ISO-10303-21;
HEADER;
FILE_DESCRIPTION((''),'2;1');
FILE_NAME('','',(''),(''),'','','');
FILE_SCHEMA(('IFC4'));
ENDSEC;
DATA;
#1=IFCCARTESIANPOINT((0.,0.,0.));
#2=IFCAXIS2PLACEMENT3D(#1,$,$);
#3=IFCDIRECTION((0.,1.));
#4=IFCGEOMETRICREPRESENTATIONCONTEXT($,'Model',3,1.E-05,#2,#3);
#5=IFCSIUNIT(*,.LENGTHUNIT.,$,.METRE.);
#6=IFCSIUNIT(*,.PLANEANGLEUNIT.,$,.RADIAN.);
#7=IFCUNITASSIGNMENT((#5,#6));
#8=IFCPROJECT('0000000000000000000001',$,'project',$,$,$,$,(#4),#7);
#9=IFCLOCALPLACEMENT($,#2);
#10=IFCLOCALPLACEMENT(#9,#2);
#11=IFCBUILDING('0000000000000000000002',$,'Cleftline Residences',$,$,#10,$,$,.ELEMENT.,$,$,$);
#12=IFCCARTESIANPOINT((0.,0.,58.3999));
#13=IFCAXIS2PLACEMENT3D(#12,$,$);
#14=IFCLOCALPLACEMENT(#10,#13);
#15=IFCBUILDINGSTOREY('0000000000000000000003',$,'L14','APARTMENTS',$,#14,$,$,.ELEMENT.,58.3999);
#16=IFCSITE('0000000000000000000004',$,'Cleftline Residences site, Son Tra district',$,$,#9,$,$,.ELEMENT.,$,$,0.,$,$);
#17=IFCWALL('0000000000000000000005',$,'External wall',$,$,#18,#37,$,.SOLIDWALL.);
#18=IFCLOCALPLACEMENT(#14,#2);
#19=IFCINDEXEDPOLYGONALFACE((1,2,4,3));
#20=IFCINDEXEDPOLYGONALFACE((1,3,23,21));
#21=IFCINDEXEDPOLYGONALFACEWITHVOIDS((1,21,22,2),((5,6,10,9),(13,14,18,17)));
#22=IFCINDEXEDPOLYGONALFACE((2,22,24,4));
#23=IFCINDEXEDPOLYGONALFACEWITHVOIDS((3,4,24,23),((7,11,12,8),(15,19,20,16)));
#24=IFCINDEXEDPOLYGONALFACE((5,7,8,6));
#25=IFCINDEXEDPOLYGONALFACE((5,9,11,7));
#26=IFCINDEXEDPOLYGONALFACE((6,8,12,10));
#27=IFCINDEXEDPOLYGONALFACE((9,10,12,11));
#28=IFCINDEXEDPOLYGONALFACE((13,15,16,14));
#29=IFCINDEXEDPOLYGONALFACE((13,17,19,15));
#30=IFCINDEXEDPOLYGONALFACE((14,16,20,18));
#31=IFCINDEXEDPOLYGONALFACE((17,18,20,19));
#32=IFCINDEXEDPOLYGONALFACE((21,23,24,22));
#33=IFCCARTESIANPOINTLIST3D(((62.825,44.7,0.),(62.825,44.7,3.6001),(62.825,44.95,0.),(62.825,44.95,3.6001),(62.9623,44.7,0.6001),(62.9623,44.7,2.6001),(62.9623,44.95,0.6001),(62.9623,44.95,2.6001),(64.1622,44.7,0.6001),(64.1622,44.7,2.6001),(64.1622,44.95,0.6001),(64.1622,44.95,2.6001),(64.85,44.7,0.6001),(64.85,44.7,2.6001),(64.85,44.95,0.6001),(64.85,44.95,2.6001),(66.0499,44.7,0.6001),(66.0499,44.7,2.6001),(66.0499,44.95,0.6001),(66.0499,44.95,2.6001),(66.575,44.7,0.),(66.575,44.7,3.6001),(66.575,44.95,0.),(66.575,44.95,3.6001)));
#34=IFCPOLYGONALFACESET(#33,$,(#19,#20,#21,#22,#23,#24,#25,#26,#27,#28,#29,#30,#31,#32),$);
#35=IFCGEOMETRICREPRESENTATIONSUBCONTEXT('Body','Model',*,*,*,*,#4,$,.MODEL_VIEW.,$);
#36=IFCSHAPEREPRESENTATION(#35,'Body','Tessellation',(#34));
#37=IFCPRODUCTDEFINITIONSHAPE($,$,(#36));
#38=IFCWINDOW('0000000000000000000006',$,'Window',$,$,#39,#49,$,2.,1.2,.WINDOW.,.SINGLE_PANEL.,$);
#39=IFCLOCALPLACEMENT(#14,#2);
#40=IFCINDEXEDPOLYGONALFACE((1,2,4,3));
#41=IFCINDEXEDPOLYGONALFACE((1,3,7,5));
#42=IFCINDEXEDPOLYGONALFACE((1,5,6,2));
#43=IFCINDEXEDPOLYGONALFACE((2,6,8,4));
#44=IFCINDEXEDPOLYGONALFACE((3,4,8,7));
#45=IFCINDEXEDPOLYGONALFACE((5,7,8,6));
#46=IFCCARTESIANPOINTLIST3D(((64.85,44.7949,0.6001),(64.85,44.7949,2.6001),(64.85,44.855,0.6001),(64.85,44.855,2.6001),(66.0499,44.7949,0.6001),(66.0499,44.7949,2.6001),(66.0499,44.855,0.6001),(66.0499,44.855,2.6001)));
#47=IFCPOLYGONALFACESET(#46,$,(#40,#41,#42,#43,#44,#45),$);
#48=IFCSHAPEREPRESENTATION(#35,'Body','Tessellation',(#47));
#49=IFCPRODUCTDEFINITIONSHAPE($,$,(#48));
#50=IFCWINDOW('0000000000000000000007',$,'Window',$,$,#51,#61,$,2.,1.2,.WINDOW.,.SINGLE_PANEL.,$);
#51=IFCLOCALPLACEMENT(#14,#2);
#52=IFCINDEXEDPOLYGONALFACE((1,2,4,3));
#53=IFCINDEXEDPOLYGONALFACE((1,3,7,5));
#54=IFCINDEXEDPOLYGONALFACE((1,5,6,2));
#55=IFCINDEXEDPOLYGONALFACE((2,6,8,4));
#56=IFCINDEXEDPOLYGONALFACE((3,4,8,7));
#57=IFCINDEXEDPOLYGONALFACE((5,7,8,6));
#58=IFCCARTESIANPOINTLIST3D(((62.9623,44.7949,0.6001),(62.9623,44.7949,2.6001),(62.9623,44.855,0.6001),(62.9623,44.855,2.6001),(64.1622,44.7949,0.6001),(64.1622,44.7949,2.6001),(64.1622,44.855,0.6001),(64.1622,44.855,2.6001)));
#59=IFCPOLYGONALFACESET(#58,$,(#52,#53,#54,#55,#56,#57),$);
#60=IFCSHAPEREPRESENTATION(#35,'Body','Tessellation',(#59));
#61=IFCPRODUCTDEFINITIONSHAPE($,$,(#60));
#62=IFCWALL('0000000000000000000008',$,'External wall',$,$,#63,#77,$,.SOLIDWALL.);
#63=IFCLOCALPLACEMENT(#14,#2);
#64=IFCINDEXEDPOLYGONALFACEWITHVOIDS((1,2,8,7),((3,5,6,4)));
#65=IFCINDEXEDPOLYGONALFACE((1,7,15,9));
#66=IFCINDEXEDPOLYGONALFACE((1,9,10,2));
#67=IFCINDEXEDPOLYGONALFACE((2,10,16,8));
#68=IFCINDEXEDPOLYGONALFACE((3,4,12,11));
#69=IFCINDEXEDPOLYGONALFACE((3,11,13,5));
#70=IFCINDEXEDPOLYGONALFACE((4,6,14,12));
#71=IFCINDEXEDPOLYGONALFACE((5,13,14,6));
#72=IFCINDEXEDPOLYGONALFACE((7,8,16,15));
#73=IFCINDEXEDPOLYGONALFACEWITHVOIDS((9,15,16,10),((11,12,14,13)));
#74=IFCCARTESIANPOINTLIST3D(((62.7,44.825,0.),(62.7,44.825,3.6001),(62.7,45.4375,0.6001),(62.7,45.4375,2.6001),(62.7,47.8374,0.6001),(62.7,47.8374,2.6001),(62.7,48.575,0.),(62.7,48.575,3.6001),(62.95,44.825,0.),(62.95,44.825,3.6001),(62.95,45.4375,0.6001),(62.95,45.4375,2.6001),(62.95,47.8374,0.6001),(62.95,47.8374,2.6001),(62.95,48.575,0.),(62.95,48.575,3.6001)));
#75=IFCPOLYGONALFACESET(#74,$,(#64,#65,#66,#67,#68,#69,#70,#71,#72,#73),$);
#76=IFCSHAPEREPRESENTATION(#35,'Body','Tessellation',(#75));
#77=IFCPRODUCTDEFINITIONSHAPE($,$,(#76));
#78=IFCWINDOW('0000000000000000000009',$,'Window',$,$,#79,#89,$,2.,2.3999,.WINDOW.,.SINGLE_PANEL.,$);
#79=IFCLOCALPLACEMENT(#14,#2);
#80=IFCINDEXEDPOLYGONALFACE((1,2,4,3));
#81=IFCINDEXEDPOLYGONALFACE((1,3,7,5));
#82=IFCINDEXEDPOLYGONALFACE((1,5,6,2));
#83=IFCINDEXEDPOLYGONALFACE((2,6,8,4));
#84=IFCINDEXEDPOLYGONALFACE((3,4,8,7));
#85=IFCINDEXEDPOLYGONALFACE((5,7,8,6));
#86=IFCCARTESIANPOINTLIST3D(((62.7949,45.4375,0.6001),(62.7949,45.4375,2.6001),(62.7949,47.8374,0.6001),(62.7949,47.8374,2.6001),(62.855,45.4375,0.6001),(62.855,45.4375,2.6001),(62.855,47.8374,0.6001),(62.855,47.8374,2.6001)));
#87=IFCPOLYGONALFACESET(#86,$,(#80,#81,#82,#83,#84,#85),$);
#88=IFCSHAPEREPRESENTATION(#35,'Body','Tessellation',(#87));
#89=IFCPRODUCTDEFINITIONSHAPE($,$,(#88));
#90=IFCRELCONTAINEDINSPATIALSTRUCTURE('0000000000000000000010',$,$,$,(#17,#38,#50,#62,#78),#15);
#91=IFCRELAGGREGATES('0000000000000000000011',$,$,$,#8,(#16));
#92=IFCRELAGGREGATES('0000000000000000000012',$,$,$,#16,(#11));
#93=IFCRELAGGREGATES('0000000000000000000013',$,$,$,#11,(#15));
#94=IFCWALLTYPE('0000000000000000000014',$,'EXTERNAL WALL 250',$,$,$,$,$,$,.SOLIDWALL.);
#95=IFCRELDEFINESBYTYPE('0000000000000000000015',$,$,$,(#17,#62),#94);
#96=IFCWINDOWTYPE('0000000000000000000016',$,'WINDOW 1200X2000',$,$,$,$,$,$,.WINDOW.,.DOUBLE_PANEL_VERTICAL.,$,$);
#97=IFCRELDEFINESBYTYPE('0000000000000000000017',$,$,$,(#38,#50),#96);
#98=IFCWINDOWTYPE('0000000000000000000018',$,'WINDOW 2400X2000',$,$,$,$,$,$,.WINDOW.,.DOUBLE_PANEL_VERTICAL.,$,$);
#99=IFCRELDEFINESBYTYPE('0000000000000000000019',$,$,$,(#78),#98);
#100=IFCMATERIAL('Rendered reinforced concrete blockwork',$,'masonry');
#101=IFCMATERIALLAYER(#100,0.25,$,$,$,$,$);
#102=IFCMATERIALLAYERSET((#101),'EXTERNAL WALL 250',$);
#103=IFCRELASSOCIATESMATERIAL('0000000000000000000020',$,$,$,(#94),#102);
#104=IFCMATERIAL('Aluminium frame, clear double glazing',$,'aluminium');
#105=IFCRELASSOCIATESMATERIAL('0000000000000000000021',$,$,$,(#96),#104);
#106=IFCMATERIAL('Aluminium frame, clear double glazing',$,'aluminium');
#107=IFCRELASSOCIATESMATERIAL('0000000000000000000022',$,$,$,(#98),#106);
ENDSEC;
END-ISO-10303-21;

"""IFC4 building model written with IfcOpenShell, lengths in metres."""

from ifc_helpers import new_model, si_unit, direction, frame, frame_2d, origin, place, context, subcontext, project, spatial, rectangle, extrude, material, layer, layer_set, type_object, element, fill, save


model = new_model("IFC4")

# Units and contexts
model_context = context("Model", 3, precision=1e-05, world=origin(), true_north=direction((0.0, 1.0)))
body_context = subcontext(model_context, "Body", "Model", "MODEL_VIEW")
ifc_project = project(units=[si_unit("LENGTHUNIT", "METRE"), si_unit("PLANEANGLEUNIT", "RADIAN")], contexts=[model_context])

# Site, building, storey
site_placement = place(None, origin())
site = spatial("IfcSite", under=ifc_project, at=site_placement, Name="Cleftline Residences site, Son Tra district", CompositionType="ELEMENT", RefElevation=0.0)
building_placement = place(site_placement, origin())
building = spatial("IfcBuilding", under=site, at=building_placement, Name="Cleftline Residences", CompositionType="ELEMENT")
storey_placement = place(building_placement, frame((0.0, 0.0, 58.3999)))
storey = spatial("IfcBuildingStorey", under=building, at=storey_placement, Name="L14", Description="APARTMENTS", CompositionType="ELEMENT", Elevation=58.3999)

# Wall, openings, windows
ifc_material_1 = material(Name="Rendered reinforced concrete blockwork", Category="masonry")
ifc_layer_1 = layer(ifc_material_1, 0.25)
ifc_layer_set_1 = layer_set([ifc_layer_1], Name="EXTERNAL WALL 250")
wall_type_1 = type_object("IfcWallType", Name="EXTERNAL WALL 250", PredefinedType="SOLIDWALL", material=ifc_layer_set_1)
wall_1_placement = place(storey_placement, frame((66.575, 44.825, 0.0), z_axis=(0.0, 0.0, 1.0), x_axis=(-1.0, 0.0, 0.0)))
wall_1 = element("IfcWall", 1, at=wall_1_placement, inside=storey, type_object=wall_type_1, Name="External wall", PredefinedType="SOLIDWALL", context=body_context, shape_type="SweptSolid", body=[
    extrude(rectangle(XDim=3.75, YDim=0.25, at=frame_2d((1.875, 0.0))), origin(), (0.0, 0.0, 1.0), 3.6001),
])
opening_1_placement = place(wall_1_placement, frame((0.5249, 0.0, 0.6001)))
opening_1 = element("IfcOpeningElement", 2, at=opening_1_placement, cuts=wall_1, PredefinedType="OPENING", context=body_context, shape_type="SweptSolid", body=[
    extrude(rectangle(XDim=1.2, YDim=2.0, at=frame_2d((0.6001, 1.0))), frame((0.0, 0.135, 0.0), z_axis=(0.0, -1.0, 0.0), x_axis=(1.0, 0.0, 0.0)), (0.0, 0.0, 1.0), 0.27),
])
opening_2_placement = place(wall_1_placement, frame((2.4126, 0.0, 0.6001)))
opening_2 = element("IfcOpeningElement", 3, at=opening_2_placement, cuts=wall_1, PredefinedType="OPENING", context=body_context, shape_type="SweptSolid", body=[
    extrude(rectangle(XDim=1.2, YDim=2.0, at=frame_2d((0.6001, 1.0))), frame((0.0, 0.135, 0.0), z_axis=(0.0, -1.0, 0.0), x_axis=(1.0, 0.0, 0.0)), (0.0, 0.0, 1.0), 0.27),
])
ifc_material_2 = material(Name="Aluminium frame, clear double glazing", Category="aluminium")
window_type_1 = type_object("IfcWindowType", Name="WINDOW 1200X2000", PartitioningType="DOUBLE_PANEL_VERTICAL", PredefinedType="WINDOW", material=ifc_material_2)
window_1_placement = place(opening_1_placement, origin())
window_1 = element("IfcWindow", 4, at=window_1_placement, inside=storey, type_object=window_type_1, Name="Window", OverallHeight=2.0, OverallWidth=1.2, PartitioningType="SINGLE_PANEL", PredefinedType="WINDOW", context=body_context, shape_type="SweptSolid", body=[
    extrude(rectangle(XDim=1.2, YDim=2.0, at=frame_2d((0.6001, 1.0))), frame((0.0, 0.03, 0.0), z_axis=(0.0, -1.0, 0.0), x_axis=(1.0, 0.0, 0.0)), (0.0, 0.0, 1.0), 0.0601),
])
fill(opening_1, window_1)
window_2_placement = place(opening_2_placement, origin())
window_2 = element("IfcWindow", 5, at=window_2_placement, inside=storey, type_object=window_type_1, Name="Window", OverallHeight=2.0, OverallWidth=1.2, PartitioningType="SINGLE_PANEL", PredefinedType="WINDOW", context=body_context, shape_type="SweptSolid", body=[
    extrude(rectangle(XDim=1.2, YDim=2.0, at=frame_2d((0.6001, 1.0))), frame((0.0, 0.03, 0.0), z_axis=(0.0, -1.0, 0.0), x_axis=(1.0, 0.0, 0.0)), (0.0, 0.0, 1.0), 0.0601),
])
fill(opening_2, window_2)

# Wall, opening, window
wall_2_placement = place(storey_placement, frame((62.825, 44.825, 0.0), z_axis=(0.0, 0.0, 1.0), x_axis=(0.0, 1.0, 0.0)))
wall_2 = element("IfcWall", 6, at=wall_2_placement, inside=storey, type_object=wall_type_1, Name="External wall", PredefinedType="SOLIDWALL", context=body_context, shape_type="SweptSolid", body=[
    extrude(rectangle(XDim=3.75, YDim=0.25, at=frame_2d((1.875, 0.0))), origin(), (0.0, 0.0, 1.0), 3.6001),
])
opening_3_placement = place(wall_2_placement, frame((0.6125, 0.0, 0.6001)))
opening_3 = element("IfcOpeningElement", 7, at=opening_3_placement, cuts=wall_2, PredefinedType="OPENING", context=body_context, shape_type="SweptSolid", body=[
    extrude(rectangle(XDim=2.3999, YDim=2.0, at=frame_2d((1.2, 1.0))), frame((0.0, 0.135, 0.0), z_axis=(0.0, -1.0, 0.0), x_axis=(1.0, 0.0, 0.0)), (0.0, 0.0, 1.0), 0.27),
])
ifc_material_3 = material(Name="Aluminium frame, clear double glazing", Category="aluminium")
window_type_2 = type_object("IfcWindowType", Name="WINDOW 2400X2000", PartitioningType="DOUBLE_PANEL_VERTICAL", PredefinedType="WINDOW", material=ifc_material_3)
window_3_placement = place(opening_3_placement, origin())
window_3 = element("IfcWindow", 8, at=window_3_placement, inside=storey, type_object=window_type_2, Name="Window", OverallHeight=2.0, OverallWidth=2.3999, PartitioningType="SINGLE_PANEL", PredefinedType="WINDOW", context=body_context, shape_type="SweptSolid", body=[
    extrude(rectangle(XDim=2.3999, YDim=2.0, at=frame_2d((1.2, 1.0))), frame((0.0, 0.03, 0.0), z_axis=(0.0, -1.0, 0.0), x_axis=(1.0, 0.0, 0.0)), (0.0, 0.0, 1.0), 0.0601),
])
fill(opening_3, window_3)

save(model, "model.ifc")
